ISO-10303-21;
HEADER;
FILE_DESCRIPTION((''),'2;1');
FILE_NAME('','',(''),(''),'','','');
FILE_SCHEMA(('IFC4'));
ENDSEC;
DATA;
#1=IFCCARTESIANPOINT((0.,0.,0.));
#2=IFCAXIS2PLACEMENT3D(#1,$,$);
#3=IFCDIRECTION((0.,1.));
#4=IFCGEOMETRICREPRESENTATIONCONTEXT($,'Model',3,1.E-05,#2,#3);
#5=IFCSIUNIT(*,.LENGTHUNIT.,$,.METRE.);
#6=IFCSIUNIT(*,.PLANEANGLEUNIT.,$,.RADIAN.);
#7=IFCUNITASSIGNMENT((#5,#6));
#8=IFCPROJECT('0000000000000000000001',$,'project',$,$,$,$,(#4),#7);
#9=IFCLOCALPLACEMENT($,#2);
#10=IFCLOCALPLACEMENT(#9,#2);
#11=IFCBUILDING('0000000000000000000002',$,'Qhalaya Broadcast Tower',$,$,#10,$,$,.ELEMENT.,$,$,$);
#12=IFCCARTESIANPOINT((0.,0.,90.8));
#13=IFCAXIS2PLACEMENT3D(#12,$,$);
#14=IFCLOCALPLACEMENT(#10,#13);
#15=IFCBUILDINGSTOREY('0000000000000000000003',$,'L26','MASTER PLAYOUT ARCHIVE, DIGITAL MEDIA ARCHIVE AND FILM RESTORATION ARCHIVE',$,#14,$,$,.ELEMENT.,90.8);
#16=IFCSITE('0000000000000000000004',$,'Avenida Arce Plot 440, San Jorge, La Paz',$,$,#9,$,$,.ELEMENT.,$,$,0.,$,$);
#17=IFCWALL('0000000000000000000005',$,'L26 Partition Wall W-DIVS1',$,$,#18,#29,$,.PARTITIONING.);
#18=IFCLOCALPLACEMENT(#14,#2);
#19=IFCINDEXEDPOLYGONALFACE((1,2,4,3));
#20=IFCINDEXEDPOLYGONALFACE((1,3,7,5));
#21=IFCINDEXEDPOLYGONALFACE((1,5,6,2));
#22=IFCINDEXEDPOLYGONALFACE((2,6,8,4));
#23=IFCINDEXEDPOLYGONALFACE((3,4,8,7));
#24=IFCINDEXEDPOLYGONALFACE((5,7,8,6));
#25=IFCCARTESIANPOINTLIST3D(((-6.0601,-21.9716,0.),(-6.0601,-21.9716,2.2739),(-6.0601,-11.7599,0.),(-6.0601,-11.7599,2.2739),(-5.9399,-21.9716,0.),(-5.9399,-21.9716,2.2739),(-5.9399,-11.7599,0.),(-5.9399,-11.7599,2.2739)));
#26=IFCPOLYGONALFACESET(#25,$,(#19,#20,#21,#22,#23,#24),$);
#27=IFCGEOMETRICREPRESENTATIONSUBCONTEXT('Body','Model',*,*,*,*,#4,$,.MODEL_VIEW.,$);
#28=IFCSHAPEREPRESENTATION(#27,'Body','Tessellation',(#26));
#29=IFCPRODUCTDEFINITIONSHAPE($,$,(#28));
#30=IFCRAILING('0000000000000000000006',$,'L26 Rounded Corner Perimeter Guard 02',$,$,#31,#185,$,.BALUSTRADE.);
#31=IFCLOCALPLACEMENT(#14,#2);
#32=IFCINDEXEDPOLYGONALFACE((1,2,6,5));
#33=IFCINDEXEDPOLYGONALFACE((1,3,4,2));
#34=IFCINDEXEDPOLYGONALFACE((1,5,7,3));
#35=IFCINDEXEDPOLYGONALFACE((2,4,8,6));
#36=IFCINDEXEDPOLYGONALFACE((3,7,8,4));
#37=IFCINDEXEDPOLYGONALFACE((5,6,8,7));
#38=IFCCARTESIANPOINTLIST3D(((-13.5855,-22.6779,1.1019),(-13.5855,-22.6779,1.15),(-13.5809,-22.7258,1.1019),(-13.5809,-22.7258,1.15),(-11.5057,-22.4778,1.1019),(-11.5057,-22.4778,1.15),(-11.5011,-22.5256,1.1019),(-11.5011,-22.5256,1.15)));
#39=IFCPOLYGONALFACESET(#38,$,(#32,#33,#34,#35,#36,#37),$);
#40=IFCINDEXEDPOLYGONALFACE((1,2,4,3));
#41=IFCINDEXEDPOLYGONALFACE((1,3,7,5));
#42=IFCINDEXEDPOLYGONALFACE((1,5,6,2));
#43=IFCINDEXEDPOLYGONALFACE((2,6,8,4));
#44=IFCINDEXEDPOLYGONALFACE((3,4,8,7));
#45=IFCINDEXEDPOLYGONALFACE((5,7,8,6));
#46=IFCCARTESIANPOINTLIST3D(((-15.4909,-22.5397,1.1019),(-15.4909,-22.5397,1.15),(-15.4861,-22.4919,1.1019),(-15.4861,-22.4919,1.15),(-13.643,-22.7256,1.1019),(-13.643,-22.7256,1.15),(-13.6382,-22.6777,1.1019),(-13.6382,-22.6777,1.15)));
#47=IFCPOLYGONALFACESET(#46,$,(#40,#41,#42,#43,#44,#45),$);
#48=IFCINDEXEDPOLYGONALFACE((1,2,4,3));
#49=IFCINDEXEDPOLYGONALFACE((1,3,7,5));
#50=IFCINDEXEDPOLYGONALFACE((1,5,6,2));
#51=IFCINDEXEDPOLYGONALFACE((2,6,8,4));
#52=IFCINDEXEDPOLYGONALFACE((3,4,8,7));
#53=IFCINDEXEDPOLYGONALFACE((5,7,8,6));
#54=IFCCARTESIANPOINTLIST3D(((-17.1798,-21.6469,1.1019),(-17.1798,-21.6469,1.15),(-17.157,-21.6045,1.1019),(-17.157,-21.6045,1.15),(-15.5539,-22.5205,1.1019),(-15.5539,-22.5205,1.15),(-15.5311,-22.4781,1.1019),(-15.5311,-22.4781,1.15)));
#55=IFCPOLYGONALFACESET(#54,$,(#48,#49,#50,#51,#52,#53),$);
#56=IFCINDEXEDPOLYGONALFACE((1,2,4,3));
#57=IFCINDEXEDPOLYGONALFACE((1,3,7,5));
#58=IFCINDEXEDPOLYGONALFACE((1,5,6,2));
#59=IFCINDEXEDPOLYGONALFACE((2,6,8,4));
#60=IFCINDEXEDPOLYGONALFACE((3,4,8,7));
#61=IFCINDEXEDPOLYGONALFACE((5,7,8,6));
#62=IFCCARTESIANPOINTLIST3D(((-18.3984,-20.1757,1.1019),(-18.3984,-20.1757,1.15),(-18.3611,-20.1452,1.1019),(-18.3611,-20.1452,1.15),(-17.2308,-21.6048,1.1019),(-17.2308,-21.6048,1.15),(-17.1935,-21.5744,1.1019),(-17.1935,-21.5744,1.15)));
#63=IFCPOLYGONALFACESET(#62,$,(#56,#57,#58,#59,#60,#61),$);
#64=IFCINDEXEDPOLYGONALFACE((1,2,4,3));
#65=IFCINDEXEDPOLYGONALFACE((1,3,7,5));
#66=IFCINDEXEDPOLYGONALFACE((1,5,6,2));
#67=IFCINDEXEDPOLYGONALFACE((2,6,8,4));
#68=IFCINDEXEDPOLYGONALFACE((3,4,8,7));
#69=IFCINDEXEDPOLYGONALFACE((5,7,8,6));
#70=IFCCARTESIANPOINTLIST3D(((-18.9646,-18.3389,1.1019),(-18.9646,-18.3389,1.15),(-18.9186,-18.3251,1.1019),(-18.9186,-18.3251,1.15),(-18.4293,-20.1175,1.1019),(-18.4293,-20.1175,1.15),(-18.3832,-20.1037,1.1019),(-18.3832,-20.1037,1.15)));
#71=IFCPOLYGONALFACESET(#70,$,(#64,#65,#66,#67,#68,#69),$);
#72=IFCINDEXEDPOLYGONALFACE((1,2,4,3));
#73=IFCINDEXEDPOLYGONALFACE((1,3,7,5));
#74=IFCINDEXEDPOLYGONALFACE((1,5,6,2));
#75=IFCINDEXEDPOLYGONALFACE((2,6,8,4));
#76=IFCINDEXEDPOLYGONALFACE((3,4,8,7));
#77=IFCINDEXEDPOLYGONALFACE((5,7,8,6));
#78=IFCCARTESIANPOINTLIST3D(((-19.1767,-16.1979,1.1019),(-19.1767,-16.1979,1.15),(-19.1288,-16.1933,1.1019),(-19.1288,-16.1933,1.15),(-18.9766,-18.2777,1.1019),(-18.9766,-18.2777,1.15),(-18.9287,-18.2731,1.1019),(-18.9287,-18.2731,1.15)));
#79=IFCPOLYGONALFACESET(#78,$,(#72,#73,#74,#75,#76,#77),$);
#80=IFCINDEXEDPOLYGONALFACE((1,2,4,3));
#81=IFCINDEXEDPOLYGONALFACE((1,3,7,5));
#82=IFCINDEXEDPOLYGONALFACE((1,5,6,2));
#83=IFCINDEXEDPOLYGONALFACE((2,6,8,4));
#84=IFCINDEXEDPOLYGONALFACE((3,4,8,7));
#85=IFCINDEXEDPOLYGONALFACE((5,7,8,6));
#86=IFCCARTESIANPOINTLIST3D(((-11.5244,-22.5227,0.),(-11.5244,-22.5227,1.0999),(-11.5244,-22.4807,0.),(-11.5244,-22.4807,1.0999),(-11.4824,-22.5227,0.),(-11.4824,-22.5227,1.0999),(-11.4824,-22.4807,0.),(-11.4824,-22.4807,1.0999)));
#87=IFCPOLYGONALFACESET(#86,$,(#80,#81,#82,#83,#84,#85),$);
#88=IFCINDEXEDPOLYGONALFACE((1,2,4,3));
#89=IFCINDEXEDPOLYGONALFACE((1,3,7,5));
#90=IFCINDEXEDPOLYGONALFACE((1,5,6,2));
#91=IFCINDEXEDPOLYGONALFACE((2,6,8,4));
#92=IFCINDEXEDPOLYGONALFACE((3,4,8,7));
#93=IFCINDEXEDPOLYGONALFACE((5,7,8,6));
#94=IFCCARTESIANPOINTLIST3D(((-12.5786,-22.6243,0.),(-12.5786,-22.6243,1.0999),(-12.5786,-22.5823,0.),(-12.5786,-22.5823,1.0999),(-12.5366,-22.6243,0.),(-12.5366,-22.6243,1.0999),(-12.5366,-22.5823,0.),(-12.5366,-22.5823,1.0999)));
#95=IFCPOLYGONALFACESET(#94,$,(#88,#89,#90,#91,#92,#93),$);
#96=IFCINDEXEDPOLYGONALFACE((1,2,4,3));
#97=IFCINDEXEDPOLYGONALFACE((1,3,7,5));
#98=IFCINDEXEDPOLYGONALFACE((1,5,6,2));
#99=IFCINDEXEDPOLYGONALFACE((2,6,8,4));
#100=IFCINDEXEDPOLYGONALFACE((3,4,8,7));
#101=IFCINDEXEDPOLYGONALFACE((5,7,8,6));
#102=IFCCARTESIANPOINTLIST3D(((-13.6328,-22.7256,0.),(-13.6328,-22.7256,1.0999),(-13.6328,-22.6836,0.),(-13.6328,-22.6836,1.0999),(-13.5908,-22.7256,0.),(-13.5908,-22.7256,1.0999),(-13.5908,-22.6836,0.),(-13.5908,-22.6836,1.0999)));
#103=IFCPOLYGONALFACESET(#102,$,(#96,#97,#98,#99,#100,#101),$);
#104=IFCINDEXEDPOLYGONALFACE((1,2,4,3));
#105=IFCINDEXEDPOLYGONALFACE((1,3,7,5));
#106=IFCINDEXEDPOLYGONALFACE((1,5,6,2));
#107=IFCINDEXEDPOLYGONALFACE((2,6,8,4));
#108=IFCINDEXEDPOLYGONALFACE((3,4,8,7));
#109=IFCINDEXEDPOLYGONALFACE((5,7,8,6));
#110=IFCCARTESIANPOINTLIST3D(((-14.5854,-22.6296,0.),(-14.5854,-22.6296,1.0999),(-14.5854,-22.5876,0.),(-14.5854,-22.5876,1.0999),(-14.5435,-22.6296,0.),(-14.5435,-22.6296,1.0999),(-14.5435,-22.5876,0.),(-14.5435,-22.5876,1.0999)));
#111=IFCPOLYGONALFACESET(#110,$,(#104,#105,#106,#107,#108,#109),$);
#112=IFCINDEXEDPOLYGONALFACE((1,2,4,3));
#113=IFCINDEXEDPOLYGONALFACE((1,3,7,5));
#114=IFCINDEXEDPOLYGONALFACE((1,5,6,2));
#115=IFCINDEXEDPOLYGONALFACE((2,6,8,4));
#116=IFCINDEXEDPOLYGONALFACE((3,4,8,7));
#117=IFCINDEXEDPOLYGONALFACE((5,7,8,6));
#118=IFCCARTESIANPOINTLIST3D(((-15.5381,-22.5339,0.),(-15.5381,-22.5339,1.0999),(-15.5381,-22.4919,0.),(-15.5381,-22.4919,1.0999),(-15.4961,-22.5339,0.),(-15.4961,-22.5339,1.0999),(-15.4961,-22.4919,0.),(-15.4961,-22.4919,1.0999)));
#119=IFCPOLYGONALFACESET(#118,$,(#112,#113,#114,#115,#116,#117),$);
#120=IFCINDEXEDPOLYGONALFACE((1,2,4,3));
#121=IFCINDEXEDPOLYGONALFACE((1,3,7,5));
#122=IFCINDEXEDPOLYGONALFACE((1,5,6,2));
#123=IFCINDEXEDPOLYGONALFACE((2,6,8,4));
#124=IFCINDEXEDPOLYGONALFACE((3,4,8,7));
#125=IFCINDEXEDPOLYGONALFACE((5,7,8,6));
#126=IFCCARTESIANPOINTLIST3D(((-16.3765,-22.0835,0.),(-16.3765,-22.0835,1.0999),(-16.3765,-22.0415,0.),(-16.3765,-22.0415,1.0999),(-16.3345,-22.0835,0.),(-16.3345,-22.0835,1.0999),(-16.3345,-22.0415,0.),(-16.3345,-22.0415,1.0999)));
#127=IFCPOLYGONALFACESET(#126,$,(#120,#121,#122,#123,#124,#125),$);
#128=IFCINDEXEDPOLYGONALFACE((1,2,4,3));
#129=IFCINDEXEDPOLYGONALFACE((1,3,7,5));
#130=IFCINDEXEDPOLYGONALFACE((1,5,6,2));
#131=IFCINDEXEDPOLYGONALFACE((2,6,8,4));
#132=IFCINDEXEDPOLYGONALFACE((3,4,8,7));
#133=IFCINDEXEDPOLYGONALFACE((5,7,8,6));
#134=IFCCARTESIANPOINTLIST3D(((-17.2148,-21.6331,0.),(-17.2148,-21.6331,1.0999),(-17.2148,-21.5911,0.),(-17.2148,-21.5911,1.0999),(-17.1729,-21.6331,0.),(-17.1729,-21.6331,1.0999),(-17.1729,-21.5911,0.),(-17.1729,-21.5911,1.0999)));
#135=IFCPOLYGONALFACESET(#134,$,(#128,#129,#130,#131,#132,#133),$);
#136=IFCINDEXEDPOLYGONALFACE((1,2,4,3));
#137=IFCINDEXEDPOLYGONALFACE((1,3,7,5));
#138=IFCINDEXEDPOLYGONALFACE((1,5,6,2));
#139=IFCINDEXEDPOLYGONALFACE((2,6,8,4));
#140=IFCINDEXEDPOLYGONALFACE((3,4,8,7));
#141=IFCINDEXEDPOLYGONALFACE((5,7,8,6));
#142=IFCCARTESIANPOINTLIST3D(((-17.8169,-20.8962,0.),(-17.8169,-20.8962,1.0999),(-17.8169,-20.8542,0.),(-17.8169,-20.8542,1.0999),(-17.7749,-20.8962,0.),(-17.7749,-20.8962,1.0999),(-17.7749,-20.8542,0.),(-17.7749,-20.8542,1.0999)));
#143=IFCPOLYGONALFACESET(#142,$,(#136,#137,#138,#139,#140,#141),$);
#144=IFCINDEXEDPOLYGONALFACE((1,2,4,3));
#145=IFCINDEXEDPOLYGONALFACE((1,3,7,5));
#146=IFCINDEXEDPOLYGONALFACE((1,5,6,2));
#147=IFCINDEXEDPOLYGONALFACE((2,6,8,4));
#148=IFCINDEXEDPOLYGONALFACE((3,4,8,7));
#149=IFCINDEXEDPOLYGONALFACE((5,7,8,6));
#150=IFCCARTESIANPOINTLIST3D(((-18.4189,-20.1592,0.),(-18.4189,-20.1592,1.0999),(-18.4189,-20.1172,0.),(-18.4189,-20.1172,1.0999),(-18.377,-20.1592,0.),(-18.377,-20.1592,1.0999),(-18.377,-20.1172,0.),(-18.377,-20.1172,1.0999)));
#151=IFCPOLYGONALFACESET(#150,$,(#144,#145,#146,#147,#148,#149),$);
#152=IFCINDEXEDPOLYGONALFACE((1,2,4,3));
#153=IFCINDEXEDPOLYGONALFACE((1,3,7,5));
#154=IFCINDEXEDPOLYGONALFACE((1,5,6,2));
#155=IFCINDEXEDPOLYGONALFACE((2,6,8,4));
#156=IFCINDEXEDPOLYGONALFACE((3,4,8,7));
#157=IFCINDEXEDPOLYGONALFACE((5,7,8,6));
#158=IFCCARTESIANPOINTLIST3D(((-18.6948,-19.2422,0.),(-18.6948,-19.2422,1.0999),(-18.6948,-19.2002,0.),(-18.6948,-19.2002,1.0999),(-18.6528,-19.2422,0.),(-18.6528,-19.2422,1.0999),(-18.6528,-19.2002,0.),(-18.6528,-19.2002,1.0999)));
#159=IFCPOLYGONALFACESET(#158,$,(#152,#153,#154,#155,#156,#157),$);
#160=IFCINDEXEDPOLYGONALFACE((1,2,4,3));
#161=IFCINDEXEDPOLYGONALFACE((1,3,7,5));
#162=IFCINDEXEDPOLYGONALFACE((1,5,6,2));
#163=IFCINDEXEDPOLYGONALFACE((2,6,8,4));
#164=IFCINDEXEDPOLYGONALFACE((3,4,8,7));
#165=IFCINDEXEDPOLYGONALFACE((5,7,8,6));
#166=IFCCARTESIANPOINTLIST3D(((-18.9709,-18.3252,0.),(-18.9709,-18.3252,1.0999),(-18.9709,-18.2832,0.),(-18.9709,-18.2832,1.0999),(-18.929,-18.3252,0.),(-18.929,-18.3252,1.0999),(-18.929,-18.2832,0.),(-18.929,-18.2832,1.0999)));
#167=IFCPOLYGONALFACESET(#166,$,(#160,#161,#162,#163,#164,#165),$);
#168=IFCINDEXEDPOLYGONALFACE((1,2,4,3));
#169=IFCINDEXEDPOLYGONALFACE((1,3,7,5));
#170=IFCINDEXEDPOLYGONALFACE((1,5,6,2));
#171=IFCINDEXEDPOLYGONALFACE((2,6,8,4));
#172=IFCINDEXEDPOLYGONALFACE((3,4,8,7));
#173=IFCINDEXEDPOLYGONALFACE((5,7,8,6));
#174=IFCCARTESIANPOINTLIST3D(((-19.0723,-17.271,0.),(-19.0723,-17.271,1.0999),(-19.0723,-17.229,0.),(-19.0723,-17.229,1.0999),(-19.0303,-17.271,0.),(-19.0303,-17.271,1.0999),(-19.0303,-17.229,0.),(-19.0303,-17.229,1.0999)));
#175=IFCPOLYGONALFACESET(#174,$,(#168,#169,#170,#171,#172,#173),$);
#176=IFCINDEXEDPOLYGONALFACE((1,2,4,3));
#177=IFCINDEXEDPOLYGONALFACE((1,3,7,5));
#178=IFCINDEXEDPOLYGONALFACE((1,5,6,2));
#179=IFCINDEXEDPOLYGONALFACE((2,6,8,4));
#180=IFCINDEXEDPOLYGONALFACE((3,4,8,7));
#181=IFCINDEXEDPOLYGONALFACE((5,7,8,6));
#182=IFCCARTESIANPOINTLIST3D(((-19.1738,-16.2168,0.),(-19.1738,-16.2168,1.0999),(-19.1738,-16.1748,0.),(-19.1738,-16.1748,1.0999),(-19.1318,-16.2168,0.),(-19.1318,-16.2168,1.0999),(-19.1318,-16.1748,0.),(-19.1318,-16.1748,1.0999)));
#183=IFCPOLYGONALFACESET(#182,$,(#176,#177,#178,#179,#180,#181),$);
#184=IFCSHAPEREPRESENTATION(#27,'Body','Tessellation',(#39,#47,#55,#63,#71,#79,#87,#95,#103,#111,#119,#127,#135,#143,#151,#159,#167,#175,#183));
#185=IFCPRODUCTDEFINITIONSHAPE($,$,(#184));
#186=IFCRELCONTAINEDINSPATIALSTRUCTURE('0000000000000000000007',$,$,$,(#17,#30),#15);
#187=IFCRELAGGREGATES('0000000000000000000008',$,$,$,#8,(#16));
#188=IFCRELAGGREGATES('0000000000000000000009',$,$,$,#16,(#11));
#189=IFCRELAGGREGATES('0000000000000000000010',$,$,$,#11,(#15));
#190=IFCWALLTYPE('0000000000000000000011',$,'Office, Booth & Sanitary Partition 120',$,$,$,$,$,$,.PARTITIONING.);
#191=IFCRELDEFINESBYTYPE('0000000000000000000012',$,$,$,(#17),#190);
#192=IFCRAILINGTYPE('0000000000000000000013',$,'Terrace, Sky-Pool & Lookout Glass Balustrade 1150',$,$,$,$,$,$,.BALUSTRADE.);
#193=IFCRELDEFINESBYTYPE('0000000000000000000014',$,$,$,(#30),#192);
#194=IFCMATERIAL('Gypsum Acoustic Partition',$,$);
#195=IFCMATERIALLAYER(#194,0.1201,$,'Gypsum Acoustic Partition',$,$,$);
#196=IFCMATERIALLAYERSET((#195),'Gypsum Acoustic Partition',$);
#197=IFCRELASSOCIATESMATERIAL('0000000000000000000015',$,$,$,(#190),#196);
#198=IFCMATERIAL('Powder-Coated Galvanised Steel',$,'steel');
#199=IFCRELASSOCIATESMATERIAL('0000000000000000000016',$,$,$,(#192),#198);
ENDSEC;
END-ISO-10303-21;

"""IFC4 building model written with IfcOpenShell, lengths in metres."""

from ifc_helpers import new_model, si_unit, direction, frame, frame_2d, origin, origin_2d, place, context, subcontext, project, spatial, rectangle, extrude, material, layer, layer_set, type_object, element, save


model = new_model("IFC4")

# Units and contexts
model_context = context("Model", 3, precision=1e-05, world=origin(), true_north=direction((0.0, 1.0)))
body_context = subcontext(model_context, "Body", "Model", "MODEL_VIEW")
ifc_project = project(units=[si_unit("LENGTHUNIT", "METRE"), si_unit("PLANEANGLEUNIT", "RADIAN")], contexts=[model_context])

# Site, building, storey
site_placement = place(None, origin())
site = spatial("IfcSite", under=ifc_project, at=site_placement, Name="Avenida Arce Plot 440, San Jorge, La Paz", CompositionType="ELEMENT", RefElevation=0.0)
building_placement = place(site_placement, origin())
building = spatial("IfcBuilding", under=site, at=building_placement, Name="Qhalaya Broadcast Tower", CompositionType="ELEMENT")
storey_placement = place(building_placement, frame((0.0, 0.0, 90.8)))
storey = spatial("IfcBuildingStorey", under=building, at=storey_placement, Name="L26", Description="MASTER PLAYOUT ARCHIVE, DIGITAL MEDIA ARCHIVE AND FILM RESTORATION ARCHIVE", CompositionType="ELEMENT", Elevation=90.8)

# Shared definitions
ifc_material_1 = material(Name="Gypsum Acoustic Partition")

# Wall
ifc_layer_1 = layer(ifc_material_1, 0.1201, Name="Gypsum Acoustic Partition")
ifc_layer_set_1 = layer_set([ifc_layer_1], Name="Gypsum Acoustic Partition")
wall_type_1 = type_object("IfcWallType", Name="Office, Booth & Sanitary Partition 120", PredefinedType="PARTITIONING", material=ifc_layer_set_1)
wall_1_placement = place(storey_placement, frame((-6.0, -21.9717, 0.0), z_axis=(0.0, 0.0, 1.0), x_axis=(0.0, 1.0, 0.0)))
element("IfcWall", 1, at=wall_1_placement, inside=storey, type_object=wall_type_1, Name="L26 Partition Wall W-DIVS1", PredefinedType="PARTITIONING", context=body_context, shape_type="SweptSolid", body=[
    extrude(rectangle(XDim=10.2117, YDim=0.1201, at=frame_2d((5.106, 0.0))), origin(), (0.0, 0.0, 1.0), 2.2739),
])

# Railing
ifc_material_2 = material(Name="Powder-Coated Galvanised Steel", Category="steel")
railing_type = type_object("IfcRailingType", Name="Terrace, Sky-Pool & Lookout Glass Balustrade 1150", PredefinedType="BALUSTRADE", material=ifc_material_2)
railing_placement = place(storey_placement, frame((-11.5034, -22.5017, 0.0)))
element("IfcRailing", 2, at=railing_placement, inside=storey, type_object=railing_type, Name="L26 Rounded Corner Perimeter Guard 02", PredefinedType="BALUSTRADE", context=body_context, shape_type="SweptSolid", body=[
    extrude(rectangle(XDim=0.0481, YDim=0.0481, at=origin_2d()), frame((0.0, 0.0, 1.126), z_axis=(-0.995402, -0.095783, 0.0), x_axis=(0.095783, -0.995402, 0.0)), (0.0, 0.0, 1.0), 2.0894),
    extrude(rectangle(XDim=0.0481, YDim=0.0481, at=origin_2d()), frame((-2.1372, -0.2, 1.126), z_axis=(-0.994979, 0.100084, 0.0), x_axis=(-0.100084, -0.994979, 0.0)), (0.0, 0.0, 1.0), 1.8572),
    extrude(rectangle(XDim=0.0481, YDim=0.0481, at=origin_2d()), frame((-4.0391, 0.0024, 1.126), z_axis=(-0.880907, 0.473289, 0.0), x_axis=(-0.473289, -0.880907, 0.0)), (0.0, 0.0, 1.0), 1.8457),
    extrude(rectangle(XDim=0.0481, YDim=0.0481, at=origin_2d()), frame((-5.7087, 0.9121, 1.126), z_axis=(-0.632672, 0.77442, 0.0), x_axis=(-0.77442, -0.632672, 0.0)), (0.0, 0.0, 1.0), 1.8455),
    extrude(rectangle(XDim=0.0481, YDim=0.0481, at=origin_2d()), frame((-6.9028, 2.3911, 1.126), z_axis=(-0.288213, 0.957566, 0.0), x_axis=(-0.957566, -0.288213, 0.0)), (0.0, 0.0, 1.0), 1.8574),
    extrude(rectangle(XDim=0.0481, YDim=0.0481, at=origin_2d()), frame((-7.4492, 4.2263, 1.126), z_axis=(-0.095783, 0.995402, 0.0), x_axis=(-0.995402, -0.095783, 0.0)), (0.0, 0.0, 1.0), 2.0894),
    extrude(rectangle(XDim=0.042, YDim=0.042, at=origin_2d()), origin(), (0.0, 0.0, 1.0), 1.0999),
    extrude(rectangle(XDim=0.042, YDim=0.042, at=origin_2d()), frame((-1.0542, -0.1016, 0.0)), (0.0, 0.0, 1.0), 1.0999),
    extrude(rectangle(XDim=0.042, YDim=0.042, at=origin_2d()), frame((-2.1084, -0.2029, 0.0)), (0.0, 0.0, 1.0), 1.0999),
    extrude(rectangle(XDim=0.042, YDim=0.042, at=origin_2d()), frame((-3.061, -0.1069, 0.0)), (0.0, 0.0, 1.0), 1.0999),
    extrude(rectangle(XDim=0.042, YDim=0.042, at=origin_2d()), frame((-4.0137, -0.0112, 0.0)), (0.0, 0.0, 1.0), 1.0999),
    extrude(rectangle(XDim=0.042, YDim=0.042, at=origin_2d()), frame((-4.8521, 0.4392, 0.0)), (0.0, 0.0, 1.0), 1.0999),
    extrude(rectangle(XDim=0.042, YDim=0.042, at=origin_2d()), frame((-5.6904, 0.8896, 0.0)), (0.0, 0.0, 1.0), 1.0999),
    extrude(rectangle(XDim=0.042, YDim=0.042, at=origin_2d()), frame((-6.2925, 1.6265, 0.0)), (0.0, 0.0, 1.0), 1.0999),
    extrude(rectangle(XDim=0.042, YDim=0.042, at=origin_2d()), frame((-6.8945, 2.3635, 0.0)), (0.0, 0.0, 1.0), 1.0999),
    extrude(rectangle(XDim=0.042, YDim=0.042, at=origin_2d()), frame((-7.1704, 3.2805, 0.0)), (0.0, 0.0, 1.0), 1.0999),
    extrude(rectangle(XDim=0.042, YDim=0.042, at=origin_2d()), frame((-7.4465, 4.1975, 0.0)), (0.0, 0.0, 1.0), 1.0999),
    extrude(rectangle(XDim=0.042, YDim=0.042, at=origin_2d()), frame((-7.5479, 5.2517, 0.0)), (0.0, 0.0, 1.0), 1.0999),
    extrude(rectangle(XDim=0.042, YDim=0.042, at=origin_2d()), frame((-7.6494, 6.3059, 0.0)), (0.0, 0.0, 1.0), 1.0999),
])

save(model, "model.ifc")
